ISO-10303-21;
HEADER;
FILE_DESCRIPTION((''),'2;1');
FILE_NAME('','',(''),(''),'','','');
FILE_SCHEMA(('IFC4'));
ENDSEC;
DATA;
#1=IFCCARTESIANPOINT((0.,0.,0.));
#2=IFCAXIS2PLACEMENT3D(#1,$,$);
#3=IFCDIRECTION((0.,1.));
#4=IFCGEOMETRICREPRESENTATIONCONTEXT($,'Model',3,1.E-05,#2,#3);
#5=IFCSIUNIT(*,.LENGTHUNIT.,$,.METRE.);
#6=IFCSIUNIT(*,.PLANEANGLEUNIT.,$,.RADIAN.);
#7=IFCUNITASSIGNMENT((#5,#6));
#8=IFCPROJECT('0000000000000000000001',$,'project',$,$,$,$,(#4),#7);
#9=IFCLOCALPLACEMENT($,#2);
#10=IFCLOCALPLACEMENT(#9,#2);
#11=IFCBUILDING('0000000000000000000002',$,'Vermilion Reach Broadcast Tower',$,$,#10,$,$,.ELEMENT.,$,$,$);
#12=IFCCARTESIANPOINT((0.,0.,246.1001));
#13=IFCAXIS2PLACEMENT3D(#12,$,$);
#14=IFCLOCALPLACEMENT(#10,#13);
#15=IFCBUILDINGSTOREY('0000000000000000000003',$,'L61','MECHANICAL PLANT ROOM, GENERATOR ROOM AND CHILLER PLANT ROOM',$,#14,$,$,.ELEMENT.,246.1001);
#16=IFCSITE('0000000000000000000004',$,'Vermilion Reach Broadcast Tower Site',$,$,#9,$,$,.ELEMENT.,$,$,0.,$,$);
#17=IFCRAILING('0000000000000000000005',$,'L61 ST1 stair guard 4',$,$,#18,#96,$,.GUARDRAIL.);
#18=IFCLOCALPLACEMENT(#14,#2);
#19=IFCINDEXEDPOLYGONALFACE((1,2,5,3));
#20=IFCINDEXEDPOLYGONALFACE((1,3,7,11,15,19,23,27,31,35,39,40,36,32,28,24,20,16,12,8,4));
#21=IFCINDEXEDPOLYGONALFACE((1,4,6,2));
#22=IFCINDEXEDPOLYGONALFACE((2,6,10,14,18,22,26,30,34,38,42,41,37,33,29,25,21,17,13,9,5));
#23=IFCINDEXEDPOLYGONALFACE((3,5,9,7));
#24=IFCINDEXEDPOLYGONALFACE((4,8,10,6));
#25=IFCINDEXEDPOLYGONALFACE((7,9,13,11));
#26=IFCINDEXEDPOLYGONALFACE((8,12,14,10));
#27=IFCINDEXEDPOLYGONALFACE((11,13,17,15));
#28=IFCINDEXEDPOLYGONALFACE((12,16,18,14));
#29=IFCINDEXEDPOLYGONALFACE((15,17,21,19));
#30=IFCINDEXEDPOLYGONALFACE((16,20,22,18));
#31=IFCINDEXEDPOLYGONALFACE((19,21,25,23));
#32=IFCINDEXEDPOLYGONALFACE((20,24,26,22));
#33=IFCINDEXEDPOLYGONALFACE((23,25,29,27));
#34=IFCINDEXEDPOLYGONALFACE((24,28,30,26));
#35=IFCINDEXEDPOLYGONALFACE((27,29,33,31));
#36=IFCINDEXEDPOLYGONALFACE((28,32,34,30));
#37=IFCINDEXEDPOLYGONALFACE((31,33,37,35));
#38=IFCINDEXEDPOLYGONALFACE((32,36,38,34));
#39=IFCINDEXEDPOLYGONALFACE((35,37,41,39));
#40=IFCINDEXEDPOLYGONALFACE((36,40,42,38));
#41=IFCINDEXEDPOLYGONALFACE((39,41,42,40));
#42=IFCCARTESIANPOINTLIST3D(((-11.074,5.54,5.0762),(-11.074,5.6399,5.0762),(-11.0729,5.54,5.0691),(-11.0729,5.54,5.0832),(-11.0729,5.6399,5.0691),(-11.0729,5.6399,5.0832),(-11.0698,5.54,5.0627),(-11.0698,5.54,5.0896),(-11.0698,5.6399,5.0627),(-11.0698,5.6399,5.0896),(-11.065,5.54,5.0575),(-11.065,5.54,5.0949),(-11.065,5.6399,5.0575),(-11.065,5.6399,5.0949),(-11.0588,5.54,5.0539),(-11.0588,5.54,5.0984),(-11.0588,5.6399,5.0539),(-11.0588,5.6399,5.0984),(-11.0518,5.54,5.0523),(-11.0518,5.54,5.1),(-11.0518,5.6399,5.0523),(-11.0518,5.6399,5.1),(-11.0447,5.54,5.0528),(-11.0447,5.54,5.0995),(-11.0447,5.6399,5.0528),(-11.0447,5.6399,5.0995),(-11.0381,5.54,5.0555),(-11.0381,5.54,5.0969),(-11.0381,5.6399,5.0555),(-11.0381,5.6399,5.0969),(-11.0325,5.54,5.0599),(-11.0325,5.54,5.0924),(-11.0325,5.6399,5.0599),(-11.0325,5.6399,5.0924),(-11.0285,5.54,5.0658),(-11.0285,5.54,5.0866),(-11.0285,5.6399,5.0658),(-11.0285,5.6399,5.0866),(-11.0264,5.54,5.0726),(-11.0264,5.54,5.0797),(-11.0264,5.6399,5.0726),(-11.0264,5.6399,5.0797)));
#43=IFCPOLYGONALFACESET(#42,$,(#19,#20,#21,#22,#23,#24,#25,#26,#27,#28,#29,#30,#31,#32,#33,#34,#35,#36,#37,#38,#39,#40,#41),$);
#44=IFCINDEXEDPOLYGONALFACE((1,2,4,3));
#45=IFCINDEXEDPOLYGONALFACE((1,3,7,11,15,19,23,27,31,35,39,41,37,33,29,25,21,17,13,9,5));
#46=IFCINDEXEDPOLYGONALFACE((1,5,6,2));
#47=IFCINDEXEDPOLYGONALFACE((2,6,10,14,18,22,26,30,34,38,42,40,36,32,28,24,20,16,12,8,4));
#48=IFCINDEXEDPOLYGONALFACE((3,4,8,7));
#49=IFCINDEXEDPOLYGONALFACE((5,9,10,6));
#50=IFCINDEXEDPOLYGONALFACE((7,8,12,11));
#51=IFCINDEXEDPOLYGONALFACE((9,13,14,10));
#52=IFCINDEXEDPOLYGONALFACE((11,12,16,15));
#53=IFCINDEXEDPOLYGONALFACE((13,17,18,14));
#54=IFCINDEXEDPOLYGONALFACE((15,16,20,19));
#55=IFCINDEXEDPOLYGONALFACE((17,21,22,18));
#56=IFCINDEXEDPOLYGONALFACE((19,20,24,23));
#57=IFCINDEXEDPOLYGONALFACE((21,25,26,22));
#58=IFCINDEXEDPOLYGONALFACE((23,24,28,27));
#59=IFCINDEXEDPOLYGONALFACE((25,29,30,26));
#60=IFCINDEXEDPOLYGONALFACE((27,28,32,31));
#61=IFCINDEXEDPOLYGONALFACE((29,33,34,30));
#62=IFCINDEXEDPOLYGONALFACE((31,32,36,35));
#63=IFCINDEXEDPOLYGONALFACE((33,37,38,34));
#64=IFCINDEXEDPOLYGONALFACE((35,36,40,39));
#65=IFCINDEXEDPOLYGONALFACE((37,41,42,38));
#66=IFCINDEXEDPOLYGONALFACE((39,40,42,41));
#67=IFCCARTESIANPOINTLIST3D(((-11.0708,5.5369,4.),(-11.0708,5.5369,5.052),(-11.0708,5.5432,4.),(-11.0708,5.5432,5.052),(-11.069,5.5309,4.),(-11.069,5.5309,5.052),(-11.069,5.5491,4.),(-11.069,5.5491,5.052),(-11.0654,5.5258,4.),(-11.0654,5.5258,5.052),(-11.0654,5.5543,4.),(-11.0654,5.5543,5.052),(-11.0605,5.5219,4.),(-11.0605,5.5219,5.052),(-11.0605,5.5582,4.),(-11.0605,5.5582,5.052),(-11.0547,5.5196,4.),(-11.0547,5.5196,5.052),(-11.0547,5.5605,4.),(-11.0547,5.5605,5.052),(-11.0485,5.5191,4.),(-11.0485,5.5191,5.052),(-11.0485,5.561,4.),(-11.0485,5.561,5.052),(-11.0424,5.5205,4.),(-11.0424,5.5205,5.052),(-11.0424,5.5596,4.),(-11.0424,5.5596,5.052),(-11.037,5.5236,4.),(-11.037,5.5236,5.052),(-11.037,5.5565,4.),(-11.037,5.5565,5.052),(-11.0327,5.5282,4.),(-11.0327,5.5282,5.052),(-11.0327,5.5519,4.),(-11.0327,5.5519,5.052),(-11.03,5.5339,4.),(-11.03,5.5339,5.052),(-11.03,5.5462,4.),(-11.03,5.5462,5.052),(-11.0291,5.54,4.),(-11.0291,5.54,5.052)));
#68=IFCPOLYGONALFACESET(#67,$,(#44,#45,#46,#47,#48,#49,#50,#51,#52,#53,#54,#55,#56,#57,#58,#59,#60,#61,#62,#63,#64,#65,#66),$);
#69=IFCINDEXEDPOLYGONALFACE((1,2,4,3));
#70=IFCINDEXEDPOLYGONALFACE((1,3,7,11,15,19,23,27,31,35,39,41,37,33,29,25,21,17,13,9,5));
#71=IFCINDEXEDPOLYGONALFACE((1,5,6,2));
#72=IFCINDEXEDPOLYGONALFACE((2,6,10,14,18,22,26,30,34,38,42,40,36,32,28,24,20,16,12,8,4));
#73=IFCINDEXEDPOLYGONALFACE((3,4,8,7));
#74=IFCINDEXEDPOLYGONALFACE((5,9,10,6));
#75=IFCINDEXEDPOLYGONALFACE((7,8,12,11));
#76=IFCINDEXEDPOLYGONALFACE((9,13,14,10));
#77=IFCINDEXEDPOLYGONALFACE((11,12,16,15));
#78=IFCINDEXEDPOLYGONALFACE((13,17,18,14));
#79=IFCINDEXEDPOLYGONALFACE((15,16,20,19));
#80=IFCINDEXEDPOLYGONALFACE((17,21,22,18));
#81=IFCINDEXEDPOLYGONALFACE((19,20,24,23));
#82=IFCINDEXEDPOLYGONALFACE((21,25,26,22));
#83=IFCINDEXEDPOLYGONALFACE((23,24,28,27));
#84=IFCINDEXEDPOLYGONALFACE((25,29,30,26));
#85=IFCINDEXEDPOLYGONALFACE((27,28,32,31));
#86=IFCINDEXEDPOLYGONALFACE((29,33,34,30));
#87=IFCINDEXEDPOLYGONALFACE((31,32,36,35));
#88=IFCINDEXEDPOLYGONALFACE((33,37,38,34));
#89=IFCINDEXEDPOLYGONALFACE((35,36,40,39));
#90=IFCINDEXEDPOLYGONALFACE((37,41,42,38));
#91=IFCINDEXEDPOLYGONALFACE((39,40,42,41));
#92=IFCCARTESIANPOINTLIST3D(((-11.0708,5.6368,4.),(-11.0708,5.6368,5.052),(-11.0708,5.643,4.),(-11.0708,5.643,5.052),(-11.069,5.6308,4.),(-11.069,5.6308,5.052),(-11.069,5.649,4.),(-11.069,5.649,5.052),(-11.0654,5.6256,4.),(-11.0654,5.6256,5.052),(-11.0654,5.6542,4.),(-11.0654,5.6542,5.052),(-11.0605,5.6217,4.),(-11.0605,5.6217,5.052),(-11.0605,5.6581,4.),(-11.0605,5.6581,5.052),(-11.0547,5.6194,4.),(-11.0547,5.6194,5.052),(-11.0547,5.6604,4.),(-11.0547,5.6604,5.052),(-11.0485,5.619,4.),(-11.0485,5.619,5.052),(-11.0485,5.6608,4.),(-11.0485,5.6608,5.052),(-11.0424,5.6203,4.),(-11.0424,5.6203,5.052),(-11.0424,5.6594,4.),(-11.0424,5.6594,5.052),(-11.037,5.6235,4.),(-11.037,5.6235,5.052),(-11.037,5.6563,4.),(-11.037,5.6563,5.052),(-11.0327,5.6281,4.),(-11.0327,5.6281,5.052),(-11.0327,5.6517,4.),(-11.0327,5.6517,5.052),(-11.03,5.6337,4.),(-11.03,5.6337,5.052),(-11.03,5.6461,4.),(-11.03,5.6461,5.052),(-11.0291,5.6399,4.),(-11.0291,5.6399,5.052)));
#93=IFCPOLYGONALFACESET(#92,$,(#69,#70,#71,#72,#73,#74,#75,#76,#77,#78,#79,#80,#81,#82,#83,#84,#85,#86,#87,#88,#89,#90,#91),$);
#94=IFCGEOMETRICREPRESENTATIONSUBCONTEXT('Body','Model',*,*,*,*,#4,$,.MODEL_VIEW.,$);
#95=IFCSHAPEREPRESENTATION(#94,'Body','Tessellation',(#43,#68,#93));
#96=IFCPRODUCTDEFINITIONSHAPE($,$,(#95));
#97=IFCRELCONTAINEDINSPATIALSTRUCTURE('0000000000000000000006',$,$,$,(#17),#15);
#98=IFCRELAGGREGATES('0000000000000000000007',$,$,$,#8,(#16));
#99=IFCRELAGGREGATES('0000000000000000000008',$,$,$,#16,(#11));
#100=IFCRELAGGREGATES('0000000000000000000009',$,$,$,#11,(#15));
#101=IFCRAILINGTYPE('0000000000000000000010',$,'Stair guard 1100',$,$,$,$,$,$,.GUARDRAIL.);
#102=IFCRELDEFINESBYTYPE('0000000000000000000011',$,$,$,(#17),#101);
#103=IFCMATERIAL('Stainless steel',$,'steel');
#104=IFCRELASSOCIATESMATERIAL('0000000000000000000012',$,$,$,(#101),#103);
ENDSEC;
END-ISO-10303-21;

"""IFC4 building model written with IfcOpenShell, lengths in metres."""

from ifc_helpers import new_model, si_unit, direction, frame, origin, origin_2d, place, context, subcontext, project, spatial, circle, extrude, material, type_object, element, save


model = new_model("IFC4")

# Units and contexts
model_context = context("Model", 3, precision=1e-05, world=origin(), true_north=direction((0.0, 1.0)))
body_context = subcontext(model_context, "Body", "Model", "MODEL_VIEW")
ifc_project = project(units=[si_unit("LENGTHUNIT", "METRE"), si_unit("PLANEANGLEUNIT", "RADIAN")], contexts=[model_context])

# Site, building, storey
site_placement = place(None, origin())
site = spatial("IfcSite", under=ifc_project, at=site_placement, Name="Vermilion Reach Broadcast Tower Site", CompositionType="ELEMENT", RefElevation=0.0)
building_placement = place(site_placement, origin())
building = spatial("IfcBuilding", under=site, at=building_placement, Name="Vermilion Reach Broadcast Tower", CompositionType="ELEMENT")
storey_placement = place(building_placement, frame((0.0, 0.0, 246.1001)))
storey = spatial("IfcBuildingStorey", under=building, at=storey_placement, Name="L61", Description="MECHANICAL PLANT ROOM, GENERATOR ROOM AND CHILLER PLANT ROOM", CompositionType="ELEMENT", Elevation=246.1001)

# Railing
ifc_material_1 = material(Name="Stainless steel", Category="steel")
railing_type_1 = type_object("IfcRailingType", Name="Stair guard 1100", PredefinedType="GUARDRAIL", material=ifc_material_1)
railing_1_placement = place(storey_placement, frame((-11.05, 5.54, 4.0)))
element("IfcRailing", 1, at=railing_1_placement, inside=storey, type_object=railing_type_1, Name="L61 ST1 stair guard 4", PredefinedType="GUARDRAIL", context=body_context, shape_type="SweptSolid", body=[
    extrude(circle(Radius=0.0239, at=origin_2d()), frame((0.0, 0.0, 1.0762), z_axis=(0.0, 1.0, 0.0), x_axis=(-1.0, 0.0, 0.0)), (0.0, 0.0, 1.0), 0.0999),
    extrude(circle(Radius=0.021, at=origin_2d()), origin(), (0.0, 0.0, 1.0), 1.052),
    extrude(circle(Radius=0.021, at=origin_2d()), frame((0.0, 0.0999, 0.0)), (0.0, 0.0, 1.0), 1.052),
])

save(model, "model.ifc")
